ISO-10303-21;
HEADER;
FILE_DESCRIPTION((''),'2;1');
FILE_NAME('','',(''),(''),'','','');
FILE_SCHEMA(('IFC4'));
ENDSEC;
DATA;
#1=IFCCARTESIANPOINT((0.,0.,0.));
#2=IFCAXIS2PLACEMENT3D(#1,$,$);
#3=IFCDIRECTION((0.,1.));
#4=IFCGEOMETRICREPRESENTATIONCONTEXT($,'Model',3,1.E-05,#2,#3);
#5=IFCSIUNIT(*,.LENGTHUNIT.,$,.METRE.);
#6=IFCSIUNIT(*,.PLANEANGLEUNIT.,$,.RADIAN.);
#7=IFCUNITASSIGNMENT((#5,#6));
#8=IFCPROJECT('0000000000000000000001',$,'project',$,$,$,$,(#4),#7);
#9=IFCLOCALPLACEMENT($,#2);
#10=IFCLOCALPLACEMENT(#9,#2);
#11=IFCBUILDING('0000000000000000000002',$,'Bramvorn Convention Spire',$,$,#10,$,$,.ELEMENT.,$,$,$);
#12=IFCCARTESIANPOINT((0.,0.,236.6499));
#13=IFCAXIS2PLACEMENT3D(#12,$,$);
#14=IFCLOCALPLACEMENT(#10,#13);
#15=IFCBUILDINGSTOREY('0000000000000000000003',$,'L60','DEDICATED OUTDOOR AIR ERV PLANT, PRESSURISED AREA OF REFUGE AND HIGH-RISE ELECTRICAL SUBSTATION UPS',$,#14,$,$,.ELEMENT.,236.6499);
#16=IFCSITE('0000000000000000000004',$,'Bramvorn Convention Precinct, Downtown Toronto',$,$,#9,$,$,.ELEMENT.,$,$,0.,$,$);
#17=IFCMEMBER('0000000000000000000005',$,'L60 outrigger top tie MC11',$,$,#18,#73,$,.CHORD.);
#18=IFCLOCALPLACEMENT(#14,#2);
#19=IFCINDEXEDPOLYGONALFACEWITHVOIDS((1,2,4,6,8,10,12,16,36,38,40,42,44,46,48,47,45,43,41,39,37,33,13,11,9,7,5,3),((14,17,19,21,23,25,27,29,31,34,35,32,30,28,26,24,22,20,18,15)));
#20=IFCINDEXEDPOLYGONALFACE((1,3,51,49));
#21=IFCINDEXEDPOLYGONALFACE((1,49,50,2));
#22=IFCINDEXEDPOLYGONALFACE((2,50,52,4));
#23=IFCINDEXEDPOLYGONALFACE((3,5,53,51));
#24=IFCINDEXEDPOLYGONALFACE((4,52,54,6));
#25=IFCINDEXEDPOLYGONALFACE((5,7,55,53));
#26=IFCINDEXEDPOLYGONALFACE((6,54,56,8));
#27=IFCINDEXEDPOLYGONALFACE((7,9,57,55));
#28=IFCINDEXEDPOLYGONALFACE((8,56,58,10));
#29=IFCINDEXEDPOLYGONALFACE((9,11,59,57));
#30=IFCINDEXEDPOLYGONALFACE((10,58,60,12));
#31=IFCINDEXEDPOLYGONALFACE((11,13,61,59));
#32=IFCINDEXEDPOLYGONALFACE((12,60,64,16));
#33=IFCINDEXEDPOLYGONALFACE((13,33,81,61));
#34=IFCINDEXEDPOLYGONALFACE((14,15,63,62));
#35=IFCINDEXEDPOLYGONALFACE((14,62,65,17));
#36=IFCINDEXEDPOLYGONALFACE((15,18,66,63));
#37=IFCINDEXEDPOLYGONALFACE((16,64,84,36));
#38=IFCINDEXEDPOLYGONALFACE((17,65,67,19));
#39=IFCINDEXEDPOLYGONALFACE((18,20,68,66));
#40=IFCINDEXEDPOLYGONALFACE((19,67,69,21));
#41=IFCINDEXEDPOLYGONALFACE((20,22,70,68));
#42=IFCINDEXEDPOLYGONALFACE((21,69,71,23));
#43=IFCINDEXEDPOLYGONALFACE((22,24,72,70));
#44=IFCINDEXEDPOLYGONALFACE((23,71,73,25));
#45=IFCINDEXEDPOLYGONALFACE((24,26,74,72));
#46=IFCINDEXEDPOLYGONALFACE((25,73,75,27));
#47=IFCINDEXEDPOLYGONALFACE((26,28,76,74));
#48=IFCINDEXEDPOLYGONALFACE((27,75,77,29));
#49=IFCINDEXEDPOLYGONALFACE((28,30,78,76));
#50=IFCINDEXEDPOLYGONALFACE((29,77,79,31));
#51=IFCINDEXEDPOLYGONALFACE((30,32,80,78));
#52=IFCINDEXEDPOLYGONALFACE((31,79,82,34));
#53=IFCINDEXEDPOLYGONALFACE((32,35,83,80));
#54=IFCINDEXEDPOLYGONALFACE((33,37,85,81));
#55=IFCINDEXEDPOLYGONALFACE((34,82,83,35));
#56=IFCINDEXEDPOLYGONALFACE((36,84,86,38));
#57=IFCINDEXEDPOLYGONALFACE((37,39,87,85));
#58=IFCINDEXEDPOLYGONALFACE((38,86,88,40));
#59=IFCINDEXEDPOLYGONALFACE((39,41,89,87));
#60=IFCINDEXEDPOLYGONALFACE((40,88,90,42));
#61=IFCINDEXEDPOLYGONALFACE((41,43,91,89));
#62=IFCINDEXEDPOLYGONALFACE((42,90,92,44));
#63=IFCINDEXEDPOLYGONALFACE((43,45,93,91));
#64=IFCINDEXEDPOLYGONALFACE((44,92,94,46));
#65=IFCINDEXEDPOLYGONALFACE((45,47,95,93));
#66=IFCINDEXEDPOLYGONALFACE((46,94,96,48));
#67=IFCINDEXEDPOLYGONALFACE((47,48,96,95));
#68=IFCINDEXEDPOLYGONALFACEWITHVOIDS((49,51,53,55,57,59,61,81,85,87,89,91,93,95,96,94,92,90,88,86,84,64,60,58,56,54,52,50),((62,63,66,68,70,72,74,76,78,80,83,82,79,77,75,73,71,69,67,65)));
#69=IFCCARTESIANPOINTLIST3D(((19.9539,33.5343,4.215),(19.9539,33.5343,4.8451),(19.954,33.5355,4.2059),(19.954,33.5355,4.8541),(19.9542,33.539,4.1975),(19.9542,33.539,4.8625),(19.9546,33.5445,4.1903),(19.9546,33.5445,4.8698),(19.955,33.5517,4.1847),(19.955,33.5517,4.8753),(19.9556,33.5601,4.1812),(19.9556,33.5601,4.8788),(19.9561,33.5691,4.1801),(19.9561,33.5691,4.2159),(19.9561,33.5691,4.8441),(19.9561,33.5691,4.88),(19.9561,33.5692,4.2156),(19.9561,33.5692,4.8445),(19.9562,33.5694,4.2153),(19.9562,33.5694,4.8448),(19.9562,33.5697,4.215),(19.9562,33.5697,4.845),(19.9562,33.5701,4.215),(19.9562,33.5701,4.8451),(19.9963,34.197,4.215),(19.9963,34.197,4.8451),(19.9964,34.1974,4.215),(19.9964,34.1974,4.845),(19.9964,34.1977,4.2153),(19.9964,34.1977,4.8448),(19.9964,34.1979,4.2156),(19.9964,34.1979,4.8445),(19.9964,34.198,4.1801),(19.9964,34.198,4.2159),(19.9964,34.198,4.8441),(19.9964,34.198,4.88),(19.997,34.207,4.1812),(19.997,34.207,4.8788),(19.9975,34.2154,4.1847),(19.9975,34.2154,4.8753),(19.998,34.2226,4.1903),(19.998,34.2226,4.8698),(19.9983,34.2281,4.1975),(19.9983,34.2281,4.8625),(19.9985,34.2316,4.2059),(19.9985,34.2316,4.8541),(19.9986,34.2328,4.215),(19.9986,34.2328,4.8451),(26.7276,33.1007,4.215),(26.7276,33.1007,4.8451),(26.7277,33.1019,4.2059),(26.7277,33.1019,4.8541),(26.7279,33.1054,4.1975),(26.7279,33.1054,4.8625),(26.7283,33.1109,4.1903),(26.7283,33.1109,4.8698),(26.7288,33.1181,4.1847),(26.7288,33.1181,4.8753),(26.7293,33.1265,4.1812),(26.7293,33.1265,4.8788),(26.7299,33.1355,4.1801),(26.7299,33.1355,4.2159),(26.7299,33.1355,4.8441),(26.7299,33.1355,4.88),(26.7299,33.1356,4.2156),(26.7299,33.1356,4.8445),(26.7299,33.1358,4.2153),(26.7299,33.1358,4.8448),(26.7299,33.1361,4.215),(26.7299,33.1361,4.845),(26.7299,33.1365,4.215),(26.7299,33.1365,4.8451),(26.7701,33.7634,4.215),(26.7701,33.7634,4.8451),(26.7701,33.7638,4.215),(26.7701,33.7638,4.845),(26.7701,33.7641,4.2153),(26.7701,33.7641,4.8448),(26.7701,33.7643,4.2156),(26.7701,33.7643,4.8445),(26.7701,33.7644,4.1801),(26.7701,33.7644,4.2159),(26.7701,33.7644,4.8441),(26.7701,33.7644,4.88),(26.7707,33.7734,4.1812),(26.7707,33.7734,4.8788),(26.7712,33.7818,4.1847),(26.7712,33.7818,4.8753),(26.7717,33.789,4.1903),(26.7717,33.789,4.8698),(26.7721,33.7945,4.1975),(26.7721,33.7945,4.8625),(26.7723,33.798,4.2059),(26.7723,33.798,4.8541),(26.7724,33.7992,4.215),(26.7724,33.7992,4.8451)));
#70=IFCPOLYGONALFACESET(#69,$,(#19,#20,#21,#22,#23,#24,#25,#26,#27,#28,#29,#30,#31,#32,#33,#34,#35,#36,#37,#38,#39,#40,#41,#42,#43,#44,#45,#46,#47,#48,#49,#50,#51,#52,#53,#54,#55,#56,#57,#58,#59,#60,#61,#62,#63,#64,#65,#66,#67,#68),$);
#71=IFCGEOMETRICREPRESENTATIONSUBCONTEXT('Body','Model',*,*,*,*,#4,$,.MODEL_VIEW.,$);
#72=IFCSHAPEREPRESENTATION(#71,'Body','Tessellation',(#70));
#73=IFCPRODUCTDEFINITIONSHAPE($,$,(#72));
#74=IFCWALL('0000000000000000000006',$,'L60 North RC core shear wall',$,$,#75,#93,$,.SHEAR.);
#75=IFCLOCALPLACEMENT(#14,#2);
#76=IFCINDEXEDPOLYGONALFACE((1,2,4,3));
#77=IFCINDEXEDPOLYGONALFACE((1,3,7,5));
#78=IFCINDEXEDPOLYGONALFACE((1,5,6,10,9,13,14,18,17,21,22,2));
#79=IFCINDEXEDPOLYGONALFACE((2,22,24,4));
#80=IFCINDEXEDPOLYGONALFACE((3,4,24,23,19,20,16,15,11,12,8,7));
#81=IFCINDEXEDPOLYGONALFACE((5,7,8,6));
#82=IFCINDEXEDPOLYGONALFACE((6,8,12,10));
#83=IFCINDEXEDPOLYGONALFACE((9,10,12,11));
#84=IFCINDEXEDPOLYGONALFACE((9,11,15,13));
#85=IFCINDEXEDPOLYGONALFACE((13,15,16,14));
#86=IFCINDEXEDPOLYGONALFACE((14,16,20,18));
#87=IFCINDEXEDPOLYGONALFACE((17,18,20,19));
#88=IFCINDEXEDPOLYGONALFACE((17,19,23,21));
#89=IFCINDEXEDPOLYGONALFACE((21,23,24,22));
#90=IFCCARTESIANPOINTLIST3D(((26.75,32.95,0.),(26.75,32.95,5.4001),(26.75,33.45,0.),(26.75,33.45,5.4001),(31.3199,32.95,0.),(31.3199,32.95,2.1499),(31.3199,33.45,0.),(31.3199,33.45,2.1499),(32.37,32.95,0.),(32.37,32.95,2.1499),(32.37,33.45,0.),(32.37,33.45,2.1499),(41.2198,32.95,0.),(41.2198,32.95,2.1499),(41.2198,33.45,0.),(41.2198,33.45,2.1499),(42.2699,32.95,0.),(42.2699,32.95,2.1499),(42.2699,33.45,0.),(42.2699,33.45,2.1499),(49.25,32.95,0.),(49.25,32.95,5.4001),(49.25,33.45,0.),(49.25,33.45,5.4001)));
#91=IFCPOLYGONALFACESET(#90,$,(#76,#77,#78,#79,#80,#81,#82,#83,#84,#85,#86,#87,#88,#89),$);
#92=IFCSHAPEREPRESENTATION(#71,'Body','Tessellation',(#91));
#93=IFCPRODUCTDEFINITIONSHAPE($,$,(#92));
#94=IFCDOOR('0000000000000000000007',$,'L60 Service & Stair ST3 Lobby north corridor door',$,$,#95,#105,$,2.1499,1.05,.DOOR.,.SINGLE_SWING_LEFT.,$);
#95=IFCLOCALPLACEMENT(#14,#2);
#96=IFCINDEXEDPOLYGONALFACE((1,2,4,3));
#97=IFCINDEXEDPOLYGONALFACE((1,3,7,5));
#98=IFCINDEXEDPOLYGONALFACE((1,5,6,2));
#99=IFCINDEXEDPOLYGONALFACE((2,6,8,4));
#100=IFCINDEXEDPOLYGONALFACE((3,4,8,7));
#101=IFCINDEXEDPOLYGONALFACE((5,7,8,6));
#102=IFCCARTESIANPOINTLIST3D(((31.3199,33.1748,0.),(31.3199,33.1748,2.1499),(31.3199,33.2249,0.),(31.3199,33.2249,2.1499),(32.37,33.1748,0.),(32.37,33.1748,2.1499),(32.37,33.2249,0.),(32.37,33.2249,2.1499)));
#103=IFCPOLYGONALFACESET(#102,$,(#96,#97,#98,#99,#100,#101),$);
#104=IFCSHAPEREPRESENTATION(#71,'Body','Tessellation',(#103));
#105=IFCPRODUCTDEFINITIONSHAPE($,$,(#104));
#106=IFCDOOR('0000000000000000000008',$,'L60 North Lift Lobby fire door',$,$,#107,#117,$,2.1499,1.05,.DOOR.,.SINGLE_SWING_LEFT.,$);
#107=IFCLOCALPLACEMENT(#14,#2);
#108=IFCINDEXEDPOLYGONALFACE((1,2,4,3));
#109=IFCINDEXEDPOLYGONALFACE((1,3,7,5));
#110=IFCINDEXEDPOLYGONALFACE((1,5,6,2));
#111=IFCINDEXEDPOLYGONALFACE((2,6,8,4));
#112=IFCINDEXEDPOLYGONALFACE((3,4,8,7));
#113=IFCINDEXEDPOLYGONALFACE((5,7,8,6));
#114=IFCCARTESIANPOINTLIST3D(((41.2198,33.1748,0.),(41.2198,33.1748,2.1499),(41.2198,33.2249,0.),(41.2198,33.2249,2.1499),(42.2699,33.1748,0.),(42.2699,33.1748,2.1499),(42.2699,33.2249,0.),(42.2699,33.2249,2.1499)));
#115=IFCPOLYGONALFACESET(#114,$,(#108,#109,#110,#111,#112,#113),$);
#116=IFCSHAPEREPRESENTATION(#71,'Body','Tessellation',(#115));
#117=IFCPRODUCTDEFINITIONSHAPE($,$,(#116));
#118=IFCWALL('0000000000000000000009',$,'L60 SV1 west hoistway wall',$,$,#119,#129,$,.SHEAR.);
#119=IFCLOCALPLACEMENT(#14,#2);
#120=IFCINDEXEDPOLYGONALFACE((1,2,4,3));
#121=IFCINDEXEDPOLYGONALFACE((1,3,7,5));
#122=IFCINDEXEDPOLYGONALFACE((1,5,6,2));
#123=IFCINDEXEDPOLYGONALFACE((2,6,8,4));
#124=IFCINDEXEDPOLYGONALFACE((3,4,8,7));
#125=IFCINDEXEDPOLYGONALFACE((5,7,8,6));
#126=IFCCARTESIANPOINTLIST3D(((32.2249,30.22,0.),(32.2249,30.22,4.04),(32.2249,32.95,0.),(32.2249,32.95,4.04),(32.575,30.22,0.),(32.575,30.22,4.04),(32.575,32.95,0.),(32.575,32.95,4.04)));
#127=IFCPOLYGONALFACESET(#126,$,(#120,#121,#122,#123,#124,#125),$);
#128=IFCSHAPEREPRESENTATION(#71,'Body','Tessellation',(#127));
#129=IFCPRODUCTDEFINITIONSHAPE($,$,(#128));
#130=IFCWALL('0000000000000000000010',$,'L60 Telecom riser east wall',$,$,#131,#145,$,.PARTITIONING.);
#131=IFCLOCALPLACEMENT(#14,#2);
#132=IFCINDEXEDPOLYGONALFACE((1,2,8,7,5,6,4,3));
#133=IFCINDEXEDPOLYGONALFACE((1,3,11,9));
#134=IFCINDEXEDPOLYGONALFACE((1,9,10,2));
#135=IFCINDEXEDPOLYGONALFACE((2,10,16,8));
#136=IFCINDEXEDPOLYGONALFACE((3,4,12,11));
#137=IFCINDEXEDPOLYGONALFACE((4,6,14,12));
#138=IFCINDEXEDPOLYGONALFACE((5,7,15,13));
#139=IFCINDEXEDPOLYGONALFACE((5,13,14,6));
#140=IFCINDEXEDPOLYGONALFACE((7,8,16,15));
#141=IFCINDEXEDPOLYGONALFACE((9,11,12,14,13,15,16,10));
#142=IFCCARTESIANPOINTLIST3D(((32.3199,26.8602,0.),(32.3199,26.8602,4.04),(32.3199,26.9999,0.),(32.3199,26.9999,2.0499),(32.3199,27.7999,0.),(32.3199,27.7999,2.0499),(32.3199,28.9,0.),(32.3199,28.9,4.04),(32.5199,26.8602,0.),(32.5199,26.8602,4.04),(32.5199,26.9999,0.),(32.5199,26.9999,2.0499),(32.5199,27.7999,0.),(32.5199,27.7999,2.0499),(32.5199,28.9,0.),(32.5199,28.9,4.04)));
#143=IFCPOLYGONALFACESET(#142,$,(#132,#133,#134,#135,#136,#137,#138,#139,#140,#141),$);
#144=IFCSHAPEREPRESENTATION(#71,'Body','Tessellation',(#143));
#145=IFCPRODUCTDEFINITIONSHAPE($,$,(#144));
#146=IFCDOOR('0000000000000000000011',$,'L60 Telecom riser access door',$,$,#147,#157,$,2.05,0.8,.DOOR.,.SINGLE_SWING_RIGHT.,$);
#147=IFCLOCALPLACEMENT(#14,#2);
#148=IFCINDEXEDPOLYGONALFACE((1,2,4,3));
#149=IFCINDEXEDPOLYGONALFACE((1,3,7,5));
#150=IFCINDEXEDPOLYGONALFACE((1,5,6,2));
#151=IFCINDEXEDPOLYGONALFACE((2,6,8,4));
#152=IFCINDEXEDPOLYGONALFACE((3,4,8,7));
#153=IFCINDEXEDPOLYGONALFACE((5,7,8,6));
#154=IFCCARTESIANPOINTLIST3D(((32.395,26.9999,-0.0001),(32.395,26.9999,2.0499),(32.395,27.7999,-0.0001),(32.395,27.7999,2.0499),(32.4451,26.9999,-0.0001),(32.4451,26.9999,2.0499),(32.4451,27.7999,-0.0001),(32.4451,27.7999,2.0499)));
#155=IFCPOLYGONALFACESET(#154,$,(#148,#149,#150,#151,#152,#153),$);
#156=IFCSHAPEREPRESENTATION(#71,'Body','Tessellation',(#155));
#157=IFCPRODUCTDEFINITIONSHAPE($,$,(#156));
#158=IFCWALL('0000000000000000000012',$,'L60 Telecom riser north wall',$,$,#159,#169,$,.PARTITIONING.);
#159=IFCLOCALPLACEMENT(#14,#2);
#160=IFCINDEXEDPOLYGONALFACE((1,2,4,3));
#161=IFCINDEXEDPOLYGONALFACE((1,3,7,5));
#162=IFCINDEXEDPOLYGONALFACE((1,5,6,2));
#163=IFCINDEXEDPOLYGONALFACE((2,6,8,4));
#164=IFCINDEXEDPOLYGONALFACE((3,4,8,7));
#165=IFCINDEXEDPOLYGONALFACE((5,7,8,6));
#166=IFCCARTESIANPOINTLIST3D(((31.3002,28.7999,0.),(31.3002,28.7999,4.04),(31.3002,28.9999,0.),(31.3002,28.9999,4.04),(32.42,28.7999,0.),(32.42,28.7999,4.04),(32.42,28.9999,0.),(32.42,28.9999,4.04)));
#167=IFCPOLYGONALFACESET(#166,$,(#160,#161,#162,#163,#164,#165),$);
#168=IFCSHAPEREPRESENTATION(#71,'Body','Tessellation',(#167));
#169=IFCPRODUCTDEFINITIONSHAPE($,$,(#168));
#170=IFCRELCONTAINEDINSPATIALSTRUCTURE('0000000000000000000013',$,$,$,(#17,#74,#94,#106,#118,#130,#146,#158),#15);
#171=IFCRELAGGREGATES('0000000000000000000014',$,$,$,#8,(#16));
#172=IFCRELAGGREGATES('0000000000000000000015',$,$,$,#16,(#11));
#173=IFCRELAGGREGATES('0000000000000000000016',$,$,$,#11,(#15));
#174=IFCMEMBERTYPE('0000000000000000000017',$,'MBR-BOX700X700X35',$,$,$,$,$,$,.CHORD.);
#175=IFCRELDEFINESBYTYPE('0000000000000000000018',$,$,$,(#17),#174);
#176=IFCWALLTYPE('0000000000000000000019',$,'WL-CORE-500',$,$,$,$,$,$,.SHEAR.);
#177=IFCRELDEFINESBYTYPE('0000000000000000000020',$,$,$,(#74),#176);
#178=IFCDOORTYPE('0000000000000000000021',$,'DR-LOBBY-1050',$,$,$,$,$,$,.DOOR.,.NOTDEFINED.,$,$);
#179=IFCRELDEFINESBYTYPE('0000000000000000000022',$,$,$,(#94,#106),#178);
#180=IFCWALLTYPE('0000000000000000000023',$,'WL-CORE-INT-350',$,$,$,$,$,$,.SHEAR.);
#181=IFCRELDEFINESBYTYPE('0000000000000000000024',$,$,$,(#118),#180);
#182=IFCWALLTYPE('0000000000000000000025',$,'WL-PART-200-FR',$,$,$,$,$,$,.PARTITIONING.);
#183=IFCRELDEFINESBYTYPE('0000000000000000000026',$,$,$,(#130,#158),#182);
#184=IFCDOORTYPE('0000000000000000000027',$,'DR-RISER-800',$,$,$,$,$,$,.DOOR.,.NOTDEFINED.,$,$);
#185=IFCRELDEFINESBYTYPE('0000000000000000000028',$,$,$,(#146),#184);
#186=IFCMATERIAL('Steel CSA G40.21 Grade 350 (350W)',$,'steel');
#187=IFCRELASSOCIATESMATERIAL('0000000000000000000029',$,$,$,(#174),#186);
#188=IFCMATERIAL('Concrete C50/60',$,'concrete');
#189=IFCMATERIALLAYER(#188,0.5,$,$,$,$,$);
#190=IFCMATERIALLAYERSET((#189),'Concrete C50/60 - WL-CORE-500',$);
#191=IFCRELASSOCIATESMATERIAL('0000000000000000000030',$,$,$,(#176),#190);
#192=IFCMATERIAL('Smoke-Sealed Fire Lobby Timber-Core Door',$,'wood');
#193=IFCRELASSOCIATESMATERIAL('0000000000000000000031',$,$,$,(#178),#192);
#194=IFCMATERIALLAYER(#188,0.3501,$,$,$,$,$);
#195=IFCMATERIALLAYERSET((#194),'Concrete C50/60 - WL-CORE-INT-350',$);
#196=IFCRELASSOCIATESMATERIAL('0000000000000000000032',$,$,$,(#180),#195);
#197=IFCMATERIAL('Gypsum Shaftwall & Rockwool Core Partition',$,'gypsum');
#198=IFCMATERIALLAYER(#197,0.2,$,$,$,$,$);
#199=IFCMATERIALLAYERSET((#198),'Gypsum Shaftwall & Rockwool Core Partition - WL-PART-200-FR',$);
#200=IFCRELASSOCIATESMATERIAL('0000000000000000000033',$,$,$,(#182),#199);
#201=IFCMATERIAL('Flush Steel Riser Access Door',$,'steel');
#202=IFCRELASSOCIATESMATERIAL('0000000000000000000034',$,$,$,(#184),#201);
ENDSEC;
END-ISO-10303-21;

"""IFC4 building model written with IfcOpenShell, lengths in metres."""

from ifc_helpers import new_model, si_unit, direction, frame, frame_2d, origin, origin_2d, place, context, subcontext, project, spatial, rectangle, hollow_rectangle, extrude, material, layer, layer_set, material_profile, profile_set, type_object, element, fill, save


model = new_model("IFC4")

# Units and contexts
model_context = context("Model", 3, precision=1e-05, world=origin(), true_north=direction((0.0, 1.0)))
body_context = subcontext(model_context, "Body", "Model", "MODEL_VIEW")
ifc_project = project(units=[si_unit("LENGTHUNIT", "METRE"), si_unit("PLANEANGLEUNIT", "RADIAN")], contexts=[model_context])

# Site, building, storey
site_placement = place(None, origin())
site = spatial("IfcSite", under=ifc_project, at=site_placement, Name="Bramvorn Convention Precinct, Downtown Toronto", CompositionType="ELEMENT", RefElevation=0.0)
building_placement = place(site_placement, origin())
building = spatial("IfcBuilding", under=site, at=building_placement, Name="Bramvorn Convention Spire", CompositionType="ELEMENT")
storey_placement = place(building_placement, frame((0.0, 0.0, 236.6499)))
storey = spatial("IfcBuildingStorey", under=building, at=storey_placement, Name="L60", Description="DEDICATED OUTDOOR AIR ERV PLANT, PRESSURISED AREA OF REFUGE AND HIGH-RISE ELECTRICAL SUBSTATION UPS", CompositionType="ELEMENT", Elevation=236.6499)

# Shared definitions
ifc_material_1 = material(Name="Steel CSA G40.21 Grade 350 (350W)", Category="steel")

# Member
ifc_material_profile_1 = material_profile(ifc_material_1, hollow_rectangle(XDim=0.7, YDim=0.7, WallThickness=0.0349, InnerFilletRadius=0.001, OuterFilletRadius=0.0349, at=origin_2d()))
ifc_profile_set_1 = profile_set([ifc_material_profile_1], Name="Steel CSA G40.21 Grade 350 (350W) - BOX700X700X35")
member_type = type_object("IfcMemberType", Name="MBR-BOX700X700X35", PredefinedType="CHORD", material=ifc_profile_set_1)
member_1_placement = place(storey_placement, frame((26.75, 33.45, 4.53), z_axis=(-0.997958, 0.063881, 0.0), x_axis=(-0.063881, -0.997958, 0.0)))
element("IfcMember", 1, at=member_1_placement, inside=storey, type_object=member_type, Name="L60 outrigger top tie MC11", PredefinedType="CHORD", context=body_context, shape_type="SweptSolid", body=[
    extrude(hollow_rectangle(XDim=0.7, YDim=0.7, WallThickness=0.0349, InnerFilletRadius=0.001, OuterFilletRadius=0.0349, at=origin_2d()), origin(), (0.0, 0.0, 1.0), 6.7876),
])

# Wall, openings, doors
ifc_material_2 = material(Name="Concrete C50/60", Category="concrete")
ifc_layer_1 = layer(ifc_material_2, 0.5)
ifc_layer_set_1 = layer_set([ifc_layer_1], Name="Concrete C50/60 - WL-CORE-500")
wall_type_1 = type_object("IfcWallType", Name="WL-CORE-500", PredefinedType="SHEAR", material=ifc_layer_set_1)
wall_1_placement = place(storey_placement, frame((26.75, 33.2, 0.0), z_axis=(0.0, 0.0, 1.0), x_axis=(1.0, 0.0, 0.0)))
wall_1 = element("IfcWall", 2, at=wall_1_placement, inside=storey, type_object=wall_type_1, Name="L60 North RC core shear wall", PredefinedType="SHEAR", context=body_context, shape_type="SweptSolid", body=[
    extrude(rectangle(XDim=22.5, YDim=0.5, at=frame_2d((11.25, 0.0))), origin(), (0.0, 0.0, 1.0), 5.4001),
])
opening_1_placement = place(wall_1_placement, frame((4.5701, 0.0, 0.0)))
opening_1 = element("IfcOpeningElement", 3, at=opening_1_placement, cuts=wall_1, PredefinedType="OPENING", context=body_context, shape_type="SweptSolid", body=[
    extrude(rectangle(XDim=1.05, YDim=2.1499, at=frame_2d((0.5249, 1.075))), frame((0.0, 0.26, 0.0), z_axis=(0.0, -1.0, 0.0), x_axis=(1.0, 0.0, 0.0)), (0.0, 0.0, 1.0), 0.52),
])
opening_2_placement = place(wall_1_placement, frame((14.47, 0.0, 0.0)))
opening_2 = element("IfcOpeningElement", 4, at=opening_2_placement, cuts=wall_1, PredefinedType="OPENING", context=body_context, shape_type="SweptSolid", body=[
    extrude(rectangle(XDim=1.05, YDim=2.1499, at=frame_2d((0.5249, 1.075))), frame((0.0, 0.26, 0.0), z_axis=(0.0, -1.0, 0.0), x_axis=(1.0, 0.0, 0.0)), (0.0, 0.0, 1.0), 0.52),
])
ifc_material_3 = material(Name="Smoke-Sealed Fire Lobby Timber-Core Door", Category="wood")
door_type_1 = type_object("IfcDoorType", Name="DR-LOBBY-1050", OperationType="NOTDEFINED", PredefinedType="DOOR", material=ifc_material_3)
door_1_placement = place(opening_1_placement, origin())
door_1 = element("IfcDoor", 5, at=door_1_placement, inside=storey, type_object=door_type_1, Name="L60 Service & Stair ST3 Lobby north corridor door", OperationType="SINGLE_SWING_LEFT", OverallHeight=2.1499, OverallWidth=1.05, PredefinedType="DOOR", context=body_context, shape_type="SweptSolid", body=[
    extrude(rectangle(XDim=1.05, YDim=2.1499, at=frame_2d((0.5249, 1.075))), frame((0.0, 0.0249, 0.0), z_axis=(0.0, -1.0, 0.0), x_axis=(1.0, 0.0, 0.0)), (0.0, 0.0, 1.0), 0.05),
])
fill(opening_1, door_1)
door_2_placement = place(opening_2_placement, origin())
door_2 = element("IfcDoor", 6, at=door_2_placement, inside=storey, type_object=door_type_1, Name="L60 North Lift Lobby fire door", OperationType="SINGLE_SWING_LEFT", OverallHeight=2.1499, OverallWidth=1.05, PredefinedType="DOOR", context=body_context, shape_type="SweptSolid", body=[
    extrude(rectangle(XDim=1.05, YDim=2.1499, at=frame_2d((0.5249, 1.075))), frame((0.0, 0.0249, 0.0), z_axis=(0.0, -1.0, 0.0), x_axis=(1.0, 0.0, 0.0)), (0.0, 0.0, 1.0), 0.05),
])
fill(opening_2, door_2)

# Shared definitions
ifc_layer_2 = layer(ifc_material_2, 0.3501)
ifc_layer_set_2 = layer_set([ifc_layer_2], Name="Concrete C50/60 - WL-CORE-INT-350")
wall_type_2 = type_object("IfcWallType", Name="WL-CORE-INT-350", PredefinedType="SHEAR", material=ifc_layer_set_2)

# Wall
wall_2_placement = place(storey_placement, frame((32.3999, 30.22, 0.0), z_axis=(0.0, 0.0, 1.0), x_axis=(0.0, 1.0, 0.0)))
element("IfcWall", 7, at=wall_2_placement, inside=storey, type_object=wall_type_2, Name="L60 SV1 west hoistway wall", PredefinedType="SHEAR", context=body_context, shape_type="SweptSolid", body=[
    extrude(rectangle(XDim=2.73, YDim=0.3501, at=frame_2d((1.365, 0.0))), origin(), (0.0, 0.0, 1.0), 4.04),
])

# Wall, opening, door
ifc_material_4 = material(Name="Gypsum Shaftwall & Rockwool Core Partition", Category="gypsum")
ifc_layer_3 = layer(ifc_material_4, 0.2)
ifc_layer_set_3 = layer_set([ifc_layer_3], Name="Gypsum Shaftwall & Rockwool Core Partition - WL-PART-200-FR")
wall_type_3 = type_object("IfcWallType", Name="WL-PART-200-FR", PredefinedType="PARTITIONING", material=ifc_layer_set_3)
wall_3_placement = place(storey_placement, frame((32.4199, 26.8601, 0.0), z_axis=(0.0, 0.0, 1.0), x_axis=(0.0, 1.0, 0.0)))
wall_3 = element("IfcWall", 8, at=wall_3_placement, inside=storey, type_object=wall_type_3, Name="L60 Telecom riser east wall", PredefinedType="PARTITIONING", context=body_context, shape_type="SweptSolid", body=[
    extrude(rectangle(XDim=2.0398, YDim=0.2, at=frame_2d((1.02, 0.0))), origin(), (0.0, 0.0, 1.0), 4.04),
])
opening_3_placement = place(wall_3_placement, frame((0.1399, 0.0, 0.0)))
opening_3 = element("IfcOpeningElement", 9, at=opening_3_placement, cuts=wall_3, PredefinedType="OPENING", context=body_context, shape_type="SweptSolid", body=[
    extrude(rectangle(XDim=0.8, YDim=2.05, at=frame_2d((0.3999, 1.0249))), frame((0.0, 0.1099, 0.0), z_axis=(0.0, -1.0, 0.0), x_axis=(1.0, 0.0, 0.0)), (0.0, 0.0, 1.0), 0.22),
])
ifc_material_5 = material(Name="Flush Steel Riser Access Door", Category="steel")
door_type_2 = type_object("IfcDoorType", Name="DR-RISER-800", OperationType="NOTDEFINED", PredefinedType="DOOR", material=ifc_material_5)
door_3_placement = place(opening_3_placement, origin())
door_3 = element("IfcDoor", 10, at=door_3_placement, inside=storey, type_object=door_type_2, Name="L60 Telecom riser access door", OperationType="SINGLE_SWING_RIGHT", OverallHeight=2.05, OverallWidth=0.8, PredefinedType="DOOR", context=body_context, shape_type="SweptSolid", body=[
    extrude(rectangle(XDim=0.8, YDim=2.05, at=frame_2d((0.3999, 1.0249))), frame((0.0, 0.0249, 0.0), z_axis=(0.0, -1.0, 0.0), x_axis=(1.0, 0.0, 0.0)), (0.0, 0.0, 1.0), 0.05),
])
fill(opening_3, door_3)

# Wall
wall_4_placement = place(storey_placement, frame((31.3, 28.8999, 0.0), z_axis=(0.0, 0.0, 1.0), x_axis=(1.0, 0.0, 0.0)))
element("IfcWall", 11, at=wall_4_placement, inside=storey, type_object=wall_type_3, Name="L60 Telecom riser north wall", PredefinedType="PARTITIONING", context=body_context, shape_type="SweptSolid", body=[
    extrude(rectangle(XDim=1.1199, YDim=0.2, at=frame_2d((0.5601, 0.0))), origin(), (0.0, 0.0, 1.0), 4.04),
])

save(model, "model.ifc")
